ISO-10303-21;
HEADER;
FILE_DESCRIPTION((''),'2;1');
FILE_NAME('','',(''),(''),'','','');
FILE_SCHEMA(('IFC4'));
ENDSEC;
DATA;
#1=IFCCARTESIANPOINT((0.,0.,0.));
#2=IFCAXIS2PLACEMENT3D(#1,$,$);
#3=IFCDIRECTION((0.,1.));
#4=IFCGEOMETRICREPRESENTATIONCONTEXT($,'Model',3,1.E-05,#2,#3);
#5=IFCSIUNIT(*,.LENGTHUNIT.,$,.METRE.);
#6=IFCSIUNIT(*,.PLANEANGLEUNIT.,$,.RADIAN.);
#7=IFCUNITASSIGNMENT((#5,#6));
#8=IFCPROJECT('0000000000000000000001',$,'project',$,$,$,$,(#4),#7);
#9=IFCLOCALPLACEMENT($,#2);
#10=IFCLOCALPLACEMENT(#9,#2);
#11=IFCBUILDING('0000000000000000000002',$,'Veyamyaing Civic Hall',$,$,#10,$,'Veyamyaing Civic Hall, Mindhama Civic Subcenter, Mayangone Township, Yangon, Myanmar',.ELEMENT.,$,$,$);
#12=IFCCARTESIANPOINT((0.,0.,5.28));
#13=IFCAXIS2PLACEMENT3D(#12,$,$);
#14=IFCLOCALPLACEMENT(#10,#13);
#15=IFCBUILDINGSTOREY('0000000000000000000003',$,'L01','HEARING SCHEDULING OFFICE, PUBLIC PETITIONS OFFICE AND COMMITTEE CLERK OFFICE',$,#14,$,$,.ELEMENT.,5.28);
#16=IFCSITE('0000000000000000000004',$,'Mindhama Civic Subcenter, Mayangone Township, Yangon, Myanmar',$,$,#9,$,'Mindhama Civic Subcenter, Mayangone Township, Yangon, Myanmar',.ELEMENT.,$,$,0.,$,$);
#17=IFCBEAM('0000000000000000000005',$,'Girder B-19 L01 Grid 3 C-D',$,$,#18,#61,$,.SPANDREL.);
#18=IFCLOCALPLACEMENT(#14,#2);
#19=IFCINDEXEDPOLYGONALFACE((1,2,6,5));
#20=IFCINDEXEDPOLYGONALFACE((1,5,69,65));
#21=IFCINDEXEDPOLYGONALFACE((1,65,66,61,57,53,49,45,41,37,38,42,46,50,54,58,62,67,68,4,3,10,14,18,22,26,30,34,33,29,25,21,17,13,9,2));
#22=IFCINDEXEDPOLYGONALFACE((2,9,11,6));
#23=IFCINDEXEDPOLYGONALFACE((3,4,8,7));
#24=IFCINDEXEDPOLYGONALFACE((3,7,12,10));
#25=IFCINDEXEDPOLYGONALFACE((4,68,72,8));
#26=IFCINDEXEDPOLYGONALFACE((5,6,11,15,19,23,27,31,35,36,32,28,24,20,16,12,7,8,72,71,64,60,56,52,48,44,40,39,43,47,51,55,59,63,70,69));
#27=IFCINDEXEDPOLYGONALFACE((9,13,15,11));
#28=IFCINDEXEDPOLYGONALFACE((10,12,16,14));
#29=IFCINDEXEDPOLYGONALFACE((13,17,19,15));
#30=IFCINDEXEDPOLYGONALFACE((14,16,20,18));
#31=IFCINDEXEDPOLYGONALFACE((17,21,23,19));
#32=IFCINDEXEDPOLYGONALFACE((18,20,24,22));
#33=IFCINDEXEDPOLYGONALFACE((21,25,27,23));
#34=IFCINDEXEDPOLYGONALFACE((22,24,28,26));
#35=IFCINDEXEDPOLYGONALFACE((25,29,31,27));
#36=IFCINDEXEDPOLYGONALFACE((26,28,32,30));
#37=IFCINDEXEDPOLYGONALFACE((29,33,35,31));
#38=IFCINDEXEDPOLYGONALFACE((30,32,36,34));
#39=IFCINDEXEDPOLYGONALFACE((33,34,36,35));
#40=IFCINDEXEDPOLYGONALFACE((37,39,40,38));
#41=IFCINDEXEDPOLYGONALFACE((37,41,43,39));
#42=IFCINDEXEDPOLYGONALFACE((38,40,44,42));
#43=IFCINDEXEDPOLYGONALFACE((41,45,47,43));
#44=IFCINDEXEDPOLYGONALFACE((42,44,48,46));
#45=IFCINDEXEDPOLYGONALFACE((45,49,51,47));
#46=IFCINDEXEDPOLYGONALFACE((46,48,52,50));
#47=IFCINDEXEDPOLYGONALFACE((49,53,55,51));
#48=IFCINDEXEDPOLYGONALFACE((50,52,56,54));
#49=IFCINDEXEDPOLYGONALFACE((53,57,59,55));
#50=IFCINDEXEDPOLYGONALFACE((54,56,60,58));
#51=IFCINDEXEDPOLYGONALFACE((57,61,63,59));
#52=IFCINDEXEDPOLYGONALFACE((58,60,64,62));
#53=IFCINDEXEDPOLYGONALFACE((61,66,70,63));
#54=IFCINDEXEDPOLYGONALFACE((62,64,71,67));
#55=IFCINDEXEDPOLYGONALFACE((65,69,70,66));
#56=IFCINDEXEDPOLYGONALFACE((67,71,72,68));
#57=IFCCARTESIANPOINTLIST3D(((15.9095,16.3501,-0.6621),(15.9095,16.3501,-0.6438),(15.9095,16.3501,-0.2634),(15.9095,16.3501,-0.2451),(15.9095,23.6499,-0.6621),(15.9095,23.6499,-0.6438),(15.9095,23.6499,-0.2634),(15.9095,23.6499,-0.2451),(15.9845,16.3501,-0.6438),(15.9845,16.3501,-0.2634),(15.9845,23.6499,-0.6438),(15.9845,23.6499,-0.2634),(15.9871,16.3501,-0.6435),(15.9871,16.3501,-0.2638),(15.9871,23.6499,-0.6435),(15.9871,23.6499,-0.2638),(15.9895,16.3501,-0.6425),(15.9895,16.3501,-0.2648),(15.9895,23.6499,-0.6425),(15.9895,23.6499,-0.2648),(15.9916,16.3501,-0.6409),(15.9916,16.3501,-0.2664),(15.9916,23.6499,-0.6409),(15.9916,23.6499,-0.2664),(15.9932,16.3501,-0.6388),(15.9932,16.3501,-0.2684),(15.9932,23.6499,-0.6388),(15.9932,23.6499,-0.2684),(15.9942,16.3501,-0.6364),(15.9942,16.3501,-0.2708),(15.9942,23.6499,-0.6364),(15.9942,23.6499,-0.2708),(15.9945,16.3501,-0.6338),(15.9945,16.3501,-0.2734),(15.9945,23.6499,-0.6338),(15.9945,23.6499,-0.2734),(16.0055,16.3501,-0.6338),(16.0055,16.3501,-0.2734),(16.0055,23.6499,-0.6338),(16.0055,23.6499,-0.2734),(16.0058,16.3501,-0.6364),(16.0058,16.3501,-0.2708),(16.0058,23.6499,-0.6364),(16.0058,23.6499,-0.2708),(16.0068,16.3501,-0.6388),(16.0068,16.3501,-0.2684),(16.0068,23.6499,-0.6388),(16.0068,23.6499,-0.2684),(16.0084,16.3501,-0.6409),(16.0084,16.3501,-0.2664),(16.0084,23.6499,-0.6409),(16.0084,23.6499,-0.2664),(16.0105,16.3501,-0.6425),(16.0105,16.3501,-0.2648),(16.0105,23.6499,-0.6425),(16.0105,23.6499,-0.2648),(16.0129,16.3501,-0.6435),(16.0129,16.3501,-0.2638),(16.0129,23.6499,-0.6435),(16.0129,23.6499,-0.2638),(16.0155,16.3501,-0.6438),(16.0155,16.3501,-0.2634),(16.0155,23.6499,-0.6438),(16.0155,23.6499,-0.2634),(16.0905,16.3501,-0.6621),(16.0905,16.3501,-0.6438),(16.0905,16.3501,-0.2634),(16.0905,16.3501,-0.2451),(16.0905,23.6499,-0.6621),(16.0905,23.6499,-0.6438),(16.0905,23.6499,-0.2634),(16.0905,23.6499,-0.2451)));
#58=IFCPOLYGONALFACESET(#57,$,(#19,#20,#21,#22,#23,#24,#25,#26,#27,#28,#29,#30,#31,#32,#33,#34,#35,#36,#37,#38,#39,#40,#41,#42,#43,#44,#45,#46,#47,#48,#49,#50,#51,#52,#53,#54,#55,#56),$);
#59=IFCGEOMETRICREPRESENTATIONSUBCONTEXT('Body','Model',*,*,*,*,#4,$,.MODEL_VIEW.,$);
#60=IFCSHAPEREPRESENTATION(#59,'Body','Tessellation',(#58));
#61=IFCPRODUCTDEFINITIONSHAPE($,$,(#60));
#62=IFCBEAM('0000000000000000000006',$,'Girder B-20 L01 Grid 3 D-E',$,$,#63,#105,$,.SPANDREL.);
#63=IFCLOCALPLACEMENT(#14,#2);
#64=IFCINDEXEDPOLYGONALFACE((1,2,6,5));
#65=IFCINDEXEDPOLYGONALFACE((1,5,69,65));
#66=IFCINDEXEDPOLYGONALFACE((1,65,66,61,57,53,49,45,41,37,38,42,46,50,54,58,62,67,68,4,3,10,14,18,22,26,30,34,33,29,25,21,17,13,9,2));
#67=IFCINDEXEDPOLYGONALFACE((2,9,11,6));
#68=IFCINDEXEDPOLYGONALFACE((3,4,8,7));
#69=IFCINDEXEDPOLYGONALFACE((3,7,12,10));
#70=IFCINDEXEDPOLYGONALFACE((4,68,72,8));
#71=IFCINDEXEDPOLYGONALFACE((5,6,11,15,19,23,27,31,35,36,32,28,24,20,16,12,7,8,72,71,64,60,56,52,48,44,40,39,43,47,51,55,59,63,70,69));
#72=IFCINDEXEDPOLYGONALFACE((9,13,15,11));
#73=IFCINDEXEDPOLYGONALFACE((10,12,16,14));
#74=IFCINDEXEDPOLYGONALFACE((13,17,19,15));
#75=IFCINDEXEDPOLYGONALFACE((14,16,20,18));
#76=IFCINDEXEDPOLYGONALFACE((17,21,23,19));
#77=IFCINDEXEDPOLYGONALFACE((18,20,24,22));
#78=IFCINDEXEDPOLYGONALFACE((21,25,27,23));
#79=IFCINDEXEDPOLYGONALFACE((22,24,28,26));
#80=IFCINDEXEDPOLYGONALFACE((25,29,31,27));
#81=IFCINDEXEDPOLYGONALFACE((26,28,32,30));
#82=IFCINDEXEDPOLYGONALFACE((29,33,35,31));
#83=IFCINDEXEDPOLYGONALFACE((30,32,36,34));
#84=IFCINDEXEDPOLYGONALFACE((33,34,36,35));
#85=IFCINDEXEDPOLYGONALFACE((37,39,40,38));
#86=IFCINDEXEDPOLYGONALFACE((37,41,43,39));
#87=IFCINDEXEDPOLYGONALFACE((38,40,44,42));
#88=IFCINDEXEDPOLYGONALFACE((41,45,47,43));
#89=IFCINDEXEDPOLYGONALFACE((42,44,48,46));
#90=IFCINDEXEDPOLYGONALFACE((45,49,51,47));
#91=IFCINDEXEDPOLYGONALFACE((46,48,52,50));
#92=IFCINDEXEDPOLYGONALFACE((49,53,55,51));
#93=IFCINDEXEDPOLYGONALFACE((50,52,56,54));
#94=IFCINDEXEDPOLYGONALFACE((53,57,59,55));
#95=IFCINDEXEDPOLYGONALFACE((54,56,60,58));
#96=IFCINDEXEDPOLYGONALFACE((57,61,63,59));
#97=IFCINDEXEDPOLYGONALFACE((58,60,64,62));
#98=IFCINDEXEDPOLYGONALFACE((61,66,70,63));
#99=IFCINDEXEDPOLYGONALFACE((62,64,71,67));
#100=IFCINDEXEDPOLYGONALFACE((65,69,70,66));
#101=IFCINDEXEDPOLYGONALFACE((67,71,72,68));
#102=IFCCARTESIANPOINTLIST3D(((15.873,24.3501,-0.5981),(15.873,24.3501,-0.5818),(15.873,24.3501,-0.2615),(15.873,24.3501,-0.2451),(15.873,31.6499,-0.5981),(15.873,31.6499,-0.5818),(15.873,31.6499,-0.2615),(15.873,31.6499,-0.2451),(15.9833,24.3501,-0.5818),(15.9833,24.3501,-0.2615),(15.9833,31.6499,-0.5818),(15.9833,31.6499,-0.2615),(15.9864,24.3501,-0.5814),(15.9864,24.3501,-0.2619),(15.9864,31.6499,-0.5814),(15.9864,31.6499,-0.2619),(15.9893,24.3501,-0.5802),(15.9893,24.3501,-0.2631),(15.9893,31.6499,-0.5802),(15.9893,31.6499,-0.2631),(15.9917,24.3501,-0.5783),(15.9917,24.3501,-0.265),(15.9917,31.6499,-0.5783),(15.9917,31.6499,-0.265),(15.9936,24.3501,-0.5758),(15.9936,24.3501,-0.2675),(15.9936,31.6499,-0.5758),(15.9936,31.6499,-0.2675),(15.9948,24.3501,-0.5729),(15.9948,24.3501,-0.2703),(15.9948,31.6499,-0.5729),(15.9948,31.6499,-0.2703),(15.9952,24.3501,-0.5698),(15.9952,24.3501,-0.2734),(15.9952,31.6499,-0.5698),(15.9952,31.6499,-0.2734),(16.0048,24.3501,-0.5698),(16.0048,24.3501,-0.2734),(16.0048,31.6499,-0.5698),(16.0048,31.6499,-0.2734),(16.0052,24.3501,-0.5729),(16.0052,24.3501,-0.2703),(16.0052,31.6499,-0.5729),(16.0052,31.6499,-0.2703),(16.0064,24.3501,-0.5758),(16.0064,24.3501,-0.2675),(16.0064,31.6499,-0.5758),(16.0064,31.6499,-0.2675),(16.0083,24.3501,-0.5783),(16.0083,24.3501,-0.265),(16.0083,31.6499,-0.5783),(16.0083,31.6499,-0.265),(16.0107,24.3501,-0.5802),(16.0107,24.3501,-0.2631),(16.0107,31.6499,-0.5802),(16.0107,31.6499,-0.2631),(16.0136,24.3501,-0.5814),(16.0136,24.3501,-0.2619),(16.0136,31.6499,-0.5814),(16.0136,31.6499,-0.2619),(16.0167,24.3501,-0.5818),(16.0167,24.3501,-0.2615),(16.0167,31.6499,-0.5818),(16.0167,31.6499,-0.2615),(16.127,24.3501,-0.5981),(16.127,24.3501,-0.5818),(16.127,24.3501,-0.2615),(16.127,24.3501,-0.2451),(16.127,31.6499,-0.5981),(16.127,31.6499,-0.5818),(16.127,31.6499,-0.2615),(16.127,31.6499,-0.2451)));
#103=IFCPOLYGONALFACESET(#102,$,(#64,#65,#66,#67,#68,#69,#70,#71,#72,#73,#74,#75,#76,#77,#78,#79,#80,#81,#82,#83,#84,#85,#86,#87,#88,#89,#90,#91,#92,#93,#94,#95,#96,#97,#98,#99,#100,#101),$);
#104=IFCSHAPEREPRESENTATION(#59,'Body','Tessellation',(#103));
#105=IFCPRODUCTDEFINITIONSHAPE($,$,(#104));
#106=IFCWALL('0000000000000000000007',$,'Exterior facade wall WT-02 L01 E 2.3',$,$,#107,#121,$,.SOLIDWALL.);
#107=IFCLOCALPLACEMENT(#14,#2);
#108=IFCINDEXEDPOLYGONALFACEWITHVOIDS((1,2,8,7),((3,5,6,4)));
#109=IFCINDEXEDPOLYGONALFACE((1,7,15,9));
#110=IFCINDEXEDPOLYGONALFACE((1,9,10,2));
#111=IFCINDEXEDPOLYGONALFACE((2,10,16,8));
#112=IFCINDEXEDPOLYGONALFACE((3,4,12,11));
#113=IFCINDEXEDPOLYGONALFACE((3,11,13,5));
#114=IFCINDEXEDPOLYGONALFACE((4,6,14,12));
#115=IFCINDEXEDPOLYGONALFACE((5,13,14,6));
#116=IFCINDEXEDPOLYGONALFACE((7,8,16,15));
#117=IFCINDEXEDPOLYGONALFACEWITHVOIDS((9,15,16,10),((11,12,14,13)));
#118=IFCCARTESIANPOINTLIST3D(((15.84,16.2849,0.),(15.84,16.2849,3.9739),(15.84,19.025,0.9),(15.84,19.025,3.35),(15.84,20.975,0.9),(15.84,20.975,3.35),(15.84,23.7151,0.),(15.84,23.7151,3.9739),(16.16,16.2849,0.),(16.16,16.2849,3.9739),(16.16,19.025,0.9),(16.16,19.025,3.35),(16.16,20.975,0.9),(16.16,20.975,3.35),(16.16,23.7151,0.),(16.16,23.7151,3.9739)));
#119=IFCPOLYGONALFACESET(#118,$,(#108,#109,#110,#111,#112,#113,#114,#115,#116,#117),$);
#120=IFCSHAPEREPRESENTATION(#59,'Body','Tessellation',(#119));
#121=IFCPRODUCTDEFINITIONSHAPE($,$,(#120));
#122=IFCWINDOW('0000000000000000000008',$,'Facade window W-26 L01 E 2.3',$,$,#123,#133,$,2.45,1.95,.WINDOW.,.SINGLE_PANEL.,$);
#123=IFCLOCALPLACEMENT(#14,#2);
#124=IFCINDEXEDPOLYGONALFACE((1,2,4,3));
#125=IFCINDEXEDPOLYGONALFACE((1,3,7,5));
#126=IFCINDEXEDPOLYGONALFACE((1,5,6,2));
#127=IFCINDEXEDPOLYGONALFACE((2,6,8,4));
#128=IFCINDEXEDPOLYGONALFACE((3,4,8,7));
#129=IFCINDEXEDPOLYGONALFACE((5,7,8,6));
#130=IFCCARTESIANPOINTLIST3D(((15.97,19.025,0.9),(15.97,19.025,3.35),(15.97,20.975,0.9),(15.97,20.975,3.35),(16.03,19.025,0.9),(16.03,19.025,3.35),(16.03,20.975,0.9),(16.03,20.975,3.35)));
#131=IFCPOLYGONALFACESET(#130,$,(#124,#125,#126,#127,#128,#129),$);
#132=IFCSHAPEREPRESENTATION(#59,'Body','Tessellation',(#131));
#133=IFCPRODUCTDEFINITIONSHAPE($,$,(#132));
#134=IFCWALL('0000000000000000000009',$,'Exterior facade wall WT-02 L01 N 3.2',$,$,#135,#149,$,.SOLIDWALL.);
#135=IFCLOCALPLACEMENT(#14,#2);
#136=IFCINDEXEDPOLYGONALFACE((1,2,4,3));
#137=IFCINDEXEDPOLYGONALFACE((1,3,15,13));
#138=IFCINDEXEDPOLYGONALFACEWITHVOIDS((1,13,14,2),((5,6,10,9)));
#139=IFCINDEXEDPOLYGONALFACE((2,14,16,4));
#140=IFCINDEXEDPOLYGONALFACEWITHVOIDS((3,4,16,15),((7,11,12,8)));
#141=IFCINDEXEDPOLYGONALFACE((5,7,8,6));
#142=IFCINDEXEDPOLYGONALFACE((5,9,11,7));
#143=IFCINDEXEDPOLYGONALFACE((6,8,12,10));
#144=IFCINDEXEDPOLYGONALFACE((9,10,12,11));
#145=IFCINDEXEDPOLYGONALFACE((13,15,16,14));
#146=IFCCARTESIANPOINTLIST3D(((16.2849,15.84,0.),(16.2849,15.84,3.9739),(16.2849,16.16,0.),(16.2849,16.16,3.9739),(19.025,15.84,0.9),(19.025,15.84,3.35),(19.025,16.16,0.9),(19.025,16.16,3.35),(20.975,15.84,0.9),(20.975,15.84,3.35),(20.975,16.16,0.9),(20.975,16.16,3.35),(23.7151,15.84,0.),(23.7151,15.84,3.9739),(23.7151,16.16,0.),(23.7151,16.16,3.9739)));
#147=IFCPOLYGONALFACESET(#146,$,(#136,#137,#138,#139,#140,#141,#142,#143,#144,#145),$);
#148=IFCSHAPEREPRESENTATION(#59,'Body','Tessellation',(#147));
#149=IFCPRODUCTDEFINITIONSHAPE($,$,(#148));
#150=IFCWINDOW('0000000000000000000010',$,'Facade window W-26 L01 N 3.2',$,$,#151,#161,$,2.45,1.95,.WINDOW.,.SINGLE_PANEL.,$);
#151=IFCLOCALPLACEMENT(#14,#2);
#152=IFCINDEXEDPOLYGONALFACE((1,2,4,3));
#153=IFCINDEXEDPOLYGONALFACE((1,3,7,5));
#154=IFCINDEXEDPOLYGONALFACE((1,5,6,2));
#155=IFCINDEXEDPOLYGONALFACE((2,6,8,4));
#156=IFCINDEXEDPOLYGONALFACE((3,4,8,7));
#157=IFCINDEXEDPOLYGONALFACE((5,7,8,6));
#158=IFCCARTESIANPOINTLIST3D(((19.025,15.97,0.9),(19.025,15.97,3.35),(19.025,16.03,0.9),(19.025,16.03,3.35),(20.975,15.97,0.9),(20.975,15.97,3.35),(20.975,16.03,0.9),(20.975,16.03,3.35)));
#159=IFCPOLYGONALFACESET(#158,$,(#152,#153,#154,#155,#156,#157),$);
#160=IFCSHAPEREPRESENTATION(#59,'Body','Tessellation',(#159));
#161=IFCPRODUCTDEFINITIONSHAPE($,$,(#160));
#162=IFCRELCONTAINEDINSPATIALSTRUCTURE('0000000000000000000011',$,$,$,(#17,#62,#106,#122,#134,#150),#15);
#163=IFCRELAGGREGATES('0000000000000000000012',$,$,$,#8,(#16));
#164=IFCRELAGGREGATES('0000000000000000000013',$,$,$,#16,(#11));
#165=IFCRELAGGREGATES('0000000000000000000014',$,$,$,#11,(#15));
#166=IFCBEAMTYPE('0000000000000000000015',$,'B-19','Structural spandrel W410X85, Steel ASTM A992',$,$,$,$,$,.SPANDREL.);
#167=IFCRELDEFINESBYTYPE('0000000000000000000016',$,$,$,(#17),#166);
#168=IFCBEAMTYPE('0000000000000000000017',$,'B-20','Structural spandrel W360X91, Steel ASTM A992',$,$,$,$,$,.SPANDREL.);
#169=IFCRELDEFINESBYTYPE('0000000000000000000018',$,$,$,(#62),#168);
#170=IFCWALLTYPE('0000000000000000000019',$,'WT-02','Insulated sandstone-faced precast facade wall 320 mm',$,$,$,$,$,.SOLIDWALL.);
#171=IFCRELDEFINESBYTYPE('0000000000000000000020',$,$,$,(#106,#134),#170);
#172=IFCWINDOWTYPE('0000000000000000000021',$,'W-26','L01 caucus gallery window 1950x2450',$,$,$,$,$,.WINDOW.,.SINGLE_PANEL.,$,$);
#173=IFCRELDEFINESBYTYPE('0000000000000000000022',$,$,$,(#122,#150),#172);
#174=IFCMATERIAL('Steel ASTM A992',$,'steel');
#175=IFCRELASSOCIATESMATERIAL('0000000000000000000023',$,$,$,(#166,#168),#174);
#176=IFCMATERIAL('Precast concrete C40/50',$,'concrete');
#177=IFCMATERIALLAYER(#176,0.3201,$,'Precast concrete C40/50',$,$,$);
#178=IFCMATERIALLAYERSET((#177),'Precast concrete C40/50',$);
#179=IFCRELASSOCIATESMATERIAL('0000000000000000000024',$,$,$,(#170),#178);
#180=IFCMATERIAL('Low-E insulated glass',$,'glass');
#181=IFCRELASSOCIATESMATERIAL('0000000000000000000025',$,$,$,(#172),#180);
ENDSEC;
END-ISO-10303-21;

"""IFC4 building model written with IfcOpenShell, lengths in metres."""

from ifc_helpers import new_model, si_unit, direction, frame, frame_2d, origin, origin_2d, place, context, subcontext, project, spatial, rectangle, i_section, extrude, material, layer, layer_set, material_profile, profile_set, type_object, element, fill, save


model = new_model("IFC4")

# Units and contexts
model_context = context("Model", 3, precision=1e-05, world=origin(), true_north=direction((0.0, 1.0)))
body_context = subcontext(model_context, "Body", "Model", "MODEL_VIEW")
ifc_project = project(units=[si_unit("LENGTHUNIT", "METRE"), si_unit("PLANEANGLEUNIT", "RADIAN")], contexts=[model_context])

# Site, building, storey
site_placement = place(None, origin())
site = spatial("IfcSite", under=ifc_project, at=site_placement, Name="Mindhama Civic Subcenter, Mayangone Township, Yangon, Myanmar", LongName="Mindhama Civic Subcenter, Mayangone Township, Yangon, Myanmar", CompositionType="ELEMENT", RefElevation=0.0)
building_placement = place(site_placement, origin())
building = spatial("IfcBuilding", under=site, at=building_placement, Name="Veyamyaing Civic Hall", LongName="Veyamyaing Civic Hall, Mindhama Civic Subcenter, Mayangone Township, Yangon, Myanmar", CompositionType="ELEMENT")
storey_placement = place(building_placement, frame((0.0, 0.0, 5.28)))
storey = spatial("IfcBuildingStorey", under=building, at=storey_placement, Name="L01", Description="HEARING SCHEDULING OFFICE, PUBLIC PETITIONS OFFICE AND COMMITTEE CLERK OFFICE", CompositionType="ELEMENT", Elevation=5.28)

# Beams
ifc_material_1 = material(Name="Steel ASTM A992", Category="steel")
ifc_material_profile_1 = material_profile(ifc_material_1, i_section(OverallWidth=0.1809, OverallDepth=0.417, WebThickness=0.011, FlangeThickness=0.0183, FilletRadius=0.01, at=origin_2d()), Name="W410X85")
ifc_profile_set_1 = profile_set([ifc_material_profile_1], Name="Steel ASTM A992")
beam_type_1 = type_object("IfcBeamType", Name="B-19", Description="Structural spandrel W410X85, Steel ASTM A992", PredefinedType="SPANDREL", material=ifc_profile_set_1)
for number, where, z_axis, x_axis, name in (
    (1, (16.0, 16.3501, -0.4536), (0.0, 1.0, 0.0), (-1.0, 0.0, 0.0), "Girder B-19 L01 Grid 3 C-D"),
):
    element("IfcBeam", number, at=place(storey_placement, frame(where, z_axis=z_axis, x_axis=x_axis)), inside=storey, type_object=beam_type_1, Name=name, PredefinedType="SPANDREL", context=body_context, shape_type="SweptSolid", body=[
        extrude(i_section(OverallWidth=0.1809, OverallDepth=0.417, WebThickness=0.011, FlangeThickness=0.0183, FilletRadius=0.01, at=origin_2d()), origin(), (0.0, 0.0, 1.0), 7.2998),
    ])
ifc_material_profile_2 = material_profile(ifc_material_1, i_section(OverallWidth=0.2539, OverallDepth=0.353, WebThickness=0.0095, FlangeThickness=0.0164, FilletRadius=0.012, at=origin_2d()), Name="W360X91")
ifc_profile_set_2 = profile_set([ifc_material_profile_2], Name="Steel ASTM A992")
beam_type_2 = type_object("IfcBeamType", Name="B-20", Description="Structural spandrel W360X91, Steel ASTM A992", PredefinedType="SPANDREL", material=ifc_profile_set_2)
beam_1_placement = place(storey_placement, frame((16.0, 24.3501, -0.4216), z_axis=(0.0, 1.0, 0.0), x_axis=(-1.0, 0.0, 0.0)))
element("IfcBeam", 2, at=beam_1_placement, inside=storey, type_object=beam_type_2, Name="Girder B-20 L01 Grid 3 D-E", PredefinedType="SPANDREL", context=body_context, shape_type="SweptSolid", body=[
    extrude(i_section(OverallWidth=0.2539, OverallDepth=0.353, WebThickness=0.0095, FlangeThickness=0.0164, FilletRadius=0.012, at=origin_2d()), origin(), (0.0, 0.0, 1.0), 7.2998),
])

# Walls, openings, windows
ifc_material_2 = material(Name="Precast concrete C40/50", Category="concrete")
ifc_layer_1 = layer(ifc_material_2, 0.3201, Name="Precast concrete C40/50")
ifc_layer_set_1 = layer_set([ifc_layer_1], Name="Precast concrete C40/50")
wall_type_1 = type_object("IfcWallType", Name="WT-02", Description="Insulated sandstone-faced precast facade wall 320 mm", PredefinedType="SOLIDWALL", material=ifc_layer_set_1)
wall_1_placement = place(storey_placement, frame((16.0, 16.2849, 0.0), z_axis=(0.0, 0.0, 1.0), x_axis=(0.0, 1.0, 0.0)))
wall_1 = element("IfcWall", 3, at=wall_1_placement, inside=storey, type_object=wall_type_1, Name="Exterior facade wall WT-02 L01 E 2.3", PredefinedType="SOLIDWALL", context=body_context, shape_type="SweptSolid", body=[
    extrude(rectangle(XDim=7.4302, YDim=0.3201, at=frame_2d((3.7151, 0.0))), origin(), (0.0, 0.0, 1.0), 3.9739),
])
opening_1_placement = place(wall_1_placement, frame((2.74, 0.0, 0.8999)))
opening_1 = element("IfcOpeningElement", 4, at=opening_1_placement, cuts=wall_1, PredefinedType="OPENING", context=body_context, shape_type="SweptSolid", body=[
    extrude(rectangle(XDim=1.95, YDim=2.45, at=frame_2d((0.9751, 1.2251))), frame((0.0, 0.1699, 0.0), z_axis=(0.0, -1.0, 0.0), x_axis=(1.0, 0.0, 0.0)), (0.0, 0.0, 1.0), 0.3401),
])
ifc_material_3 = material(Name="Low-E insulated glass", Category="glass")
window_type = type_object("IfcWindowType", Name="W-26", Description="L01 caucus gallery window 1950x2450", PartitioningType="SINGLE_PANEL", PredefinedType="WINDOW", material=ifc_material_3)
window_1_placement = place(opening_1_placement, origin())
window_1 = element("IfcWindow", 5, at=window_1_placement, inside=storey, type_object=window_type, Name="Facade window W-26 L01 E 2.3", OverallHeight=2.45, OverallWidth=1.95, PartitioningType="SINGLE_PANEL", PredefinedType="WINDOW", context=body_context, shape_type="SweptSolid", body=[
    extrude(rectangle(XDim=1.95, YDim=2.45, at=frame_2d((0.9751, 1.2251))), frame((0.0, 0.03, 0.0), z_axis=(0.0, -1.0, 0.0), x_axis=(1.0, 0.0, 0.0)), (0.0, 0.0, 1.0), 0.0601),
])
fill(opening_1, window_1)
wall_2_placement = place(storey_placement, frame((16.2849, 16.0, 0.0), z_axis=(0.0, 0.0, 1.0), x_axis=(1.0, 0.0, 0.0)))
wall_2 = element("IfcWall", 6, at=wall_2_placement, inside=storey, type_object=wall_type_1, Name="Exterior facade wall WT-02 L01 N 3.2", PredefinedType="SOLIDWALL", context=body_context, shape_type="SweptSolid", body=[
    extrude(rectangle(XDim=7.4302, YDim=0.3201, at=frame_2d((3.7151, 0.0))), origin(), (0.0, 0.0, 1.0), 3.9739),
])
opening_2_placement = place(wall_2_placement, frame((2.74, 0.0, 0.8999)))
opening_2 = element("IfcOpeningElement", 7, at=opening_2_placement, cuts=wall_2, PredefinedType="OPENING", context=body_context, shape_type="SweptSolid", body=[
    extrude(rectangle(XDim=1.95, YDim=2.45, at=frame_2d((0.9751, 1.2251))), frame((0.0, 0.1699, 0.0), z_axis=(0.0, -1.0, 0.0), x_axis=(1.0, 0.0, 0.0)), (0.0, 0.0, 1.0), 0.3401),
])
window_2_placement = place(opening_2_placement, origin())
window_2 = element("IfcWindow", 8, at=window_2_placement, inside=storey, type_object=window_type, Name="Facade window W-26 L01 N 3.2", OverallHeight=2.45, OverallWidth=1.95, PartitioningType="SINGLE_PANEL", PredefinedType="WINDOW", context=body_context, shape_type="SweptSolid", body=[
    extrude(rectangle(XDim=1.95, YDim=2.45, at=frame_2d((0.9751, 1.2251))), frame((0.0, 0.03, 0.0), z_axis=(0.0, -1.0, 0.0), x_axis=(1.0, 0.0, 0.0)), (0.0, 0.0, 1.0), 0.0601),
])
fill(opening_2, window_2)

save(model, "model.ifc")
